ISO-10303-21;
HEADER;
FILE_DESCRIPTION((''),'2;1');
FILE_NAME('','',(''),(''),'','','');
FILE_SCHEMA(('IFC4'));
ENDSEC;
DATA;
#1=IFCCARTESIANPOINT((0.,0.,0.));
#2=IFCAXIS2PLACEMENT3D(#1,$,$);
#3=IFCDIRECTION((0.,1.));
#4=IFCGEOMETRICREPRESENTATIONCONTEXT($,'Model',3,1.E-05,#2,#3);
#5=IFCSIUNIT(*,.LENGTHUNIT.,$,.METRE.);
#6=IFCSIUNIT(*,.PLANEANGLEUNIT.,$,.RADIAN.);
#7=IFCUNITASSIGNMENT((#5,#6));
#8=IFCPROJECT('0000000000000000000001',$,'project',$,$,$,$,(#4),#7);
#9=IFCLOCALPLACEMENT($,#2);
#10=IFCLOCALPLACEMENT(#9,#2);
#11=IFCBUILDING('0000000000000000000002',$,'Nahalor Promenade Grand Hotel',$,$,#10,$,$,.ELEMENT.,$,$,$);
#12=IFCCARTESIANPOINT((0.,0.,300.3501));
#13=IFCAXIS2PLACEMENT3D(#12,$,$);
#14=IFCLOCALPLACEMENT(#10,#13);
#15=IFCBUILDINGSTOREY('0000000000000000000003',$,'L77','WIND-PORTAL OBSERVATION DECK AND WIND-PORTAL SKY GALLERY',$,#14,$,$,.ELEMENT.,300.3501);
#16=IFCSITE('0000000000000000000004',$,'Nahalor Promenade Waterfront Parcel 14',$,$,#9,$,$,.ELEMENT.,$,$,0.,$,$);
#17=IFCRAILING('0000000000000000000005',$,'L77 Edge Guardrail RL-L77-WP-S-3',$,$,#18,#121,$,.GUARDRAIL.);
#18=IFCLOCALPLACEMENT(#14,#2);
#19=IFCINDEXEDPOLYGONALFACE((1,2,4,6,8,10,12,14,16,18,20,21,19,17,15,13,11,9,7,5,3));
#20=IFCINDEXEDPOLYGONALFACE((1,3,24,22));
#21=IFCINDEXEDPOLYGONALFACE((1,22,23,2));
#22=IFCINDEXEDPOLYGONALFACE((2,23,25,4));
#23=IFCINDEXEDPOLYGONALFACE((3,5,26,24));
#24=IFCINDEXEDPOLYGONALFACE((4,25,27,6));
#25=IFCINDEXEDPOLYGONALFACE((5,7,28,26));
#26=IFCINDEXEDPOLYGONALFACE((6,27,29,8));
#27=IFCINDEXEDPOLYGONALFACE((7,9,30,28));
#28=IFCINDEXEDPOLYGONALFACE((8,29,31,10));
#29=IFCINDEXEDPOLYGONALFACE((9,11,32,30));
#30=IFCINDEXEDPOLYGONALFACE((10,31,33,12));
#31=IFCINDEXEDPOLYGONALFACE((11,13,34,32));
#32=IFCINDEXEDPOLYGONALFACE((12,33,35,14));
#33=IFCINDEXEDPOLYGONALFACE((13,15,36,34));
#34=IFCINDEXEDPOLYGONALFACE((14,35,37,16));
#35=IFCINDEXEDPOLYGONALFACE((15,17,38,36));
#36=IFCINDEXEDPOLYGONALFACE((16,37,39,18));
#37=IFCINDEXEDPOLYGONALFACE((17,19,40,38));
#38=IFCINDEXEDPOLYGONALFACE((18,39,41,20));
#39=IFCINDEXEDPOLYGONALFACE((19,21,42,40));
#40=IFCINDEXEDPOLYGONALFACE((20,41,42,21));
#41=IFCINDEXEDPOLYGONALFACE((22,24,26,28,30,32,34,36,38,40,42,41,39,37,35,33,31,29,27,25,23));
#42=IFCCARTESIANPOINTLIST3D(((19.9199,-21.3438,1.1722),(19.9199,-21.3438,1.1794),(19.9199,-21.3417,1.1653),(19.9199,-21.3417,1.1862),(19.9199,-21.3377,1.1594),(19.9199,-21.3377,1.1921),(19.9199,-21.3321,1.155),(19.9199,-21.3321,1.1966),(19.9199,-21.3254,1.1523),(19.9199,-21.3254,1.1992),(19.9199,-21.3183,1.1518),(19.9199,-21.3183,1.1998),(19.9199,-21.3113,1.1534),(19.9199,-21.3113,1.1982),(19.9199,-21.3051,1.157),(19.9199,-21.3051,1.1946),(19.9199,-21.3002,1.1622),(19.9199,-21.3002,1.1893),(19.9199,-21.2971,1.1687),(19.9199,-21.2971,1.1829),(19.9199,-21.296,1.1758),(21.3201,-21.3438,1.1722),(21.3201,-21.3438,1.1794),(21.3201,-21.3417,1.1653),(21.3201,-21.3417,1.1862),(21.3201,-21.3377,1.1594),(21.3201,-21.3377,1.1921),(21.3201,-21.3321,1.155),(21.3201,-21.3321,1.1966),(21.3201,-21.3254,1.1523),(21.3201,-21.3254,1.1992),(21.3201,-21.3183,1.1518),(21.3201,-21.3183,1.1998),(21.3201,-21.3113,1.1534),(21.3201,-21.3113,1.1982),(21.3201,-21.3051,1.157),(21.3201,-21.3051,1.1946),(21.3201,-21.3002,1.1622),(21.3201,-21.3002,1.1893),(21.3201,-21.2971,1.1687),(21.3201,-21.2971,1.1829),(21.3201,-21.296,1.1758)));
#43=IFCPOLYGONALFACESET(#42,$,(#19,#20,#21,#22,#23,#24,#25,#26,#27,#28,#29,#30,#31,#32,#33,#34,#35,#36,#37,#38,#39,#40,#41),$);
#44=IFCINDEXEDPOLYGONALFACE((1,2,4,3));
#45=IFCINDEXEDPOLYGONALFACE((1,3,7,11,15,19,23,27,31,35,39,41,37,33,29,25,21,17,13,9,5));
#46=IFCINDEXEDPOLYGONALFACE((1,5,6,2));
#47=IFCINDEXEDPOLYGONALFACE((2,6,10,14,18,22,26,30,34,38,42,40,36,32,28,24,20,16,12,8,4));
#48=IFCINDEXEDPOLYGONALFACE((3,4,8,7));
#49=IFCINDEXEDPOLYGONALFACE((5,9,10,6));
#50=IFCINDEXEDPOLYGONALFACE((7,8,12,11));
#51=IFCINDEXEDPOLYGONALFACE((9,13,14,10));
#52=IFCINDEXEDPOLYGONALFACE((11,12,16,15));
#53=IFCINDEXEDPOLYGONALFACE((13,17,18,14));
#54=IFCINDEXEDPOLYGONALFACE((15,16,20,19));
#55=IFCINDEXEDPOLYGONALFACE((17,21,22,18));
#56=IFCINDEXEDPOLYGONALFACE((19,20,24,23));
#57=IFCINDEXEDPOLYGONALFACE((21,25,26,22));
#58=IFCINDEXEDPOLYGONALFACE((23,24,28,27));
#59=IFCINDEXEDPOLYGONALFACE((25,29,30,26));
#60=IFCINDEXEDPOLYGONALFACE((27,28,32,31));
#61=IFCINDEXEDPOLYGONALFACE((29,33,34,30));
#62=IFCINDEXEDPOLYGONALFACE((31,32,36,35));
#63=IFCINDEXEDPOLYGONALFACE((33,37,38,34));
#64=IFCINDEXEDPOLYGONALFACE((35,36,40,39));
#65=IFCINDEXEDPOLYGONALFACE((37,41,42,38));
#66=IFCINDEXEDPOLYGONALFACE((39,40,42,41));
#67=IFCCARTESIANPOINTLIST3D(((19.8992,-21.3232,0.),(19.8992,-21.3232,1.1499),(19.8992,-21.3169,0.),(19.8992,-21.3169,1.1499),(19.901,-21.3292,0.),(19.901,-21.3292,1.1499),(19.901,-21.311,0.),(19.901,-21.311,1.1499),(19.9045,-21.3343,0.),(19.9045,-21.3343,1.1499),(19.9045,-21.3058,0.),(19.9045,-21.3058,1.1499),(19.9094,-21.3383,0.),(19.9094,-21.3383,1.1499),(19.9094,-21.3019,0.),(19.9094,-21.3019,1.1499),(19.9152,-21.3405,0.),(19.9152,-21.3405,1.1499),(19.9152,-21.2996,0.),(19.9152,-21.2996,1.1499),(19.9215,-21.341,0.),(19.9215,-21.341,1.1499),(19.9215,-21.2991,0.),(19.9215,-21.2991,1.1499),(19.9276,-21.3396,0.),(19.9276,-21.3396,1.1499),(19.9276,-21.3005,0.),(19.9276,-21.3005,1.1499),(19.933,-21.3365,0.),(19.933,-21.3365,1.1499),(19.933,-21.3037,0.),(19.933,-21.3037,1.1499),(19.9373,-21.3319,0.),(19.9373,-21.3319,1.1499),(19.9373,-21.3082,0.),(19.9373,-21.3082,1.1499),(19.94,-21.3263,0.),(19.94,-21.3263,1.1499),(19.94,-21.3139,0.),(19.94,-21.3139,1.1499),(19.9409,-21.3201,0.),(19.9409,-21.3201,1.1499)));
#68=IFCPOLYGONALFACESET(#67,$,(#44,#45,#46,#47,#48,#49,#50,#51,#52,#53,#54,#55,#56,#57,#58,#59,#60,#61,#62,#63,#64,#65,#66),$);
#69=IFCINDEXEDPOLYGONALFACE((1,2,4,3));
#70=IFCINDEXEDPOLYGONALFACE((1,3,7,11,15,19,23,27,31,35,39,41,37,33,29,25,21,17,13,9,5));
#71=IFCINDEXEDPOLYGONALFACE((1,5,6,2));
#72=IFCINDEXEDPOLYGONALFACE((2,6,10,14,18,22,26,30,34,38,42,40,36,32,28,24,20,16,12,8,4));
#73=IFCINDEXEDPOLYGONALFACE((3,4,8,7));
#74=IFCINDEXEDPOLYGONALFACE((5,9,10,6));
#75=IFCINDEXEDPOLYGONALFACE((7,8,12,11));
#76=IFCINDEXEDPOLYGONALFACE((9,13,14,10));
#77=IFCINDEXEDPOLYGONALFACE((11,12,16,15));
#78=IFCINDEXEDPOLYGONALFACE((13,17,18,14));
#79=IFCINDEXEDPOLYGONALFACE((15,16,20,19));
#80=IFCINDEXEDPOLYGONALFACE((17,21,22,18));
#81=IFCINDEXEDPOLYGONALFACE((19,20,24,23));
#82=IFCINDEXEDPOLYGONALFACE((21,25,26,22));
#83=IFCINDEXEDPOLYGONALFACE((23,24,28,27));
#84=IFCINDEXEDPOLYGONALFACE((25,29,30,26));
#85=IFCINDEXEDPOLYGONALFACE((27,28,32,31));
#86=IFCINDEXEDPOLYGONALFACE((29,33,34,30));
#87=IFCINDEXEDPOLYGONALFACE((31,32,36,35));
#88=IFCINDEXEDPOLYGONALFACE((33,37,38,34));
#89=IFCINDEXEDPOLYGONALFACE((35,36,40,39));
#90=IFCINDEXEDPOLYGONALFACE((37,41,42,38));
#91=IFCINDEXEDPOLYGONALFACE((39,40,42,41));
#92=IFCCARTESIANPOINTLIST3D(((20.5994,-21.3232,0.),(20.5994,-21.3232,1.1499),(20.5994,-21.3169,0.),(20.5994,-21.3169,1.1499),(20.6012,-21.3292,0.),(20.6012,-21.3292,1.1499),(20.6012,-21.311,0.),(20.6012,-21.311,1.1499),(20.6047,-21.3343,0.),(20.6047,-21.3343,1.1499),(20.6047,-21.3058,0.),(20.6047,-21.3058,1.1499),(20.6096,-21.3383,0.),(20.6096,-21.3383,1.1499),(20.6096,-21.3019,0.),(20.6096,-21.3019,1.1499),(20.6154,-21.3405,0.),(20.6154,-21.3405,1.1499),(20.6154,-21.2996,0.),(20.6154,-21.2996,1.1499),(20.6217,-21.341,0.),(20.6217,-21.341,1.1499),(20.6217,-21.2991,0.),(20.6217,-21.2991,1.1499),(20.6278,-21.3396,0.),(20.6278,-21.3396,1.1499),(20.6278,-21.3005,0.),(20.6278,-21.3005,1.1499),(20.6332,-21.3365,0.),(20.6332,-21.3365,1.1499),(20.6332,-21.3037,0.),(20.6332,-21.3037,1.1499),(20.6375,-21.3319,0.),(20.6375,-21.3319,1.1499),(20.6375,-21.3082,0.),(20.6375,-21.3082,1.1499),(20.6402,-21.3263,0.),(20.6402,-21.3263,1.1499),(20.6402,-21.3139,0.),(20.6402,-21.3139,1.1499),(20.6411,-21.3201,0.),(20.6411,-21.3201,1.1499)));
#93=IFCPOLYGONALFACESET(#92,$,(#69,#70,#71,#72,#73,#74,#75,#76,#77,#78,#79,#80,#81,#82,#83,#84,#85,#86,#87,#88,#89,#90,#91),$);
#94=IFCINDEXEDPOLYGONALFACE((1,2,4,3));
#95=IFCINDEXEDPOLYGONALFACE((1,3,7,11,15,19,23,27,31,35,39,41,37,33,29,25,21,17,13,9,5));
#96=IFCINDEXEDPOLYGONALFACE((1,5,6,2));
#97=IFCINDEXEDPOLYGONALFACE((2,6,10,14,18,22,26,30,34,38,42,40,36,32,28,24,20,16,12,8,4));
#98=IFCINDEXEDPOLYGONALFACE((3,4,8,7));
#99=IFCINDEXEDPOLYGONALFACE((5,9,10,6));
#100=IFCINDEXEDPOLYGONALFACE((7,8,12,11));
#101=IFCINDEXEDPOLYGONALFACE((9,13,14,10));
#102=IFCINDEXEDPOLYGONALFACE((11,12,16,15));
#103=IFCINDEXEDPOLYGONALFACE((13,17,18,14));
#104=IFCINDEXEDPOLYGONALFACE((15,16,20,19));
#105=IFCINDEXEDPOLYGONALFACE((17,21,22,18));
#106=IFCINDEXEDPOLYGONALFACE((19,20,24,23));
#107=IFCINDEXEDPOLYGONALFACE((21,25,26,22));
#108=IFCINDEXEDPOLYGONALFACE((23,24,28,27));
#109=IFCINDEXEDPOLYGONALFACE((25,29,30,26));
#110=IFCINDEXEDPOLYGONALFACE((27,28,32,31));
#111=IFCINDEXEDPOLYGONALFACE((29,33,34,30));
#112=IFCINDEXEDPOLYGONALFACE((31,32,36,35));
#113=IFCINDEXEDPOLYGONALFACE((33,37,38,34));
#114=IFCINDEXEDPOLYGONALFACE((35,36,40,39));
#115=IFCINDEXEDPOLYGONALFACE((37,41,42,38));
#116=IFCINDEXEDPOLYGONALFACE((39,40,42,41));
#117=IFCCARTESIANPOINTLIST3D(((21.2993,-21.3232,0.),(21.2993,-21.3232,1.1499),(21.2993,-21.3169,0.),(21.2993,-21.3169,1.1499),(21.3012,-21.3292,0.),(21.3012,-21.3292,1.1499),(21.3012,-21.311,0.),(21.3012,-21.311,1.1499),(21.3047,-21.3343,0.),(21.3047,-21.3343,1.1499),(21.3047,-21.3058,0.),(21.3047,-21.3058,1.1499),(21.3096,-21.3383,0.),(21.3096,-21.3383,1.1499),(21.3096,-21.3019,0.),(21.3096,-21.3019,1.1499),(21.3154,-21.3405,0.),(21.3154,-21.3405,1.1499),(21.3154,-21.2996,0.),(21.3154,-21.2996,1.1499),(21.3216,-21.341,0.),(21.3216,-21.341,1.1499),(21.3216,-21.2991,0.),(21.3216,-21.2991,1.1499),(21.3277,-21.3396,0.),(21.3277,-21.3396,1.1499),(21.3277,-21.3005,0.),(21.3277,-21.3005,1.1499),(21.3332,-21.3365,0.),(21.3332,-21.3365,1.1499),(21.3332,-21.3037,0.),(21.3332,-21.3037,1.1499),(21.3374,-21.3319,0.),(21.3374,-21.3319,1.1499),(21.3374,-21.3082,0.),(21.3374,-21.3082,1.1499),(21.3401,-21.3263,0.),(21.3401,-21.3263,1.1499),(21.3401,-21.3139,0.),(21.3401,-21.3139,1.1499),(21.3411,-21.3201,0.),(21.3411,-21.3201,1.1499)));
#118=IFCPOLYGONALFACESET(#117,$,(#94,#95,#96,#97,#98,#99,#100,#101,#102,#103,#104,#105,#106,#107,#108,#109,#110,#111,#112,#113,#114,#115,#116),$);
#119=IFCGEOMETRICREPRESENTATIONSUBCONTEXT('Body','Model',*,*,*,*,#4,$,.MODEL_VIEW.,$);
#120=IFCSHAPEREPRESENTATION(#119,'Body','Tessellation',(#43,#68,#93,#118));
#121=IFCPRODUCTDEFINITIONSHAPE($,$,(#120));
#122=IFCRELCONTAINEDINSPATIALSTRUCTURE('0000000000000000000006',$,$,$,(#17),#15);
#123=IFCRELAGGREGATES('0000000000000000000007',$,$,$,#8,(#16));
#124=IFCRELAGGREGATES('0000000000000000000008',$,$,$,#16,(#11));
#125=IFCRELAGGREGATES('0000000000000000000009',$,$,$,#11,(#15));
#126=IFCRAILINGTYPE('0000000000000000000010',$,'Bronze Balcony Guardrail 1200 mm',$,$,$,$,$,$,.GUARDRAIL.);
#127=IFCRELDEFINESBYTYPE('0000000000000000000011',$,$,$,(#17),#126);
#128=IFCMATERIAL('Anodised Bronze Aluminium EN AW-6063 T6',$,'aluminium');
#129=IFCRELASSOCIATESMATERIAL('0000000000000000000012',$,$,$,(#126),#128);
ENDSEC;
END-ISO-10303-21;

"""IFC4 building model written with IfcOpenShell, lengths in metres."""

from ifc_helpers import new_model, si_unit, direction, frame, origin, origin_2d, place, context, subcontext, project, spatial, circle, extrude, material, type_object, element, save


model = new_model("IFC4")

# Units and contexts
model_context = context("Model", 3, precision=1e-05, world=origin(), true_north=direction((0.0, 1.0)))
body_context = subcontext(model_context, "Body", "Model", "MODEL_VIEW")
ifc_project = project(units=[si_unit("LENGTHUNIT", "METRE"), si_unit("PLANEANGLEUNIT", "RADIAN")], contexts=[model_context])

# Site, building, storey
site_placement = place(None, origin())
site = spatial("IfcSite", under=ifc_project, at=site_placement, Name="Nahalor Promenade Waterfront Parcel 14", CompositionType="ELEMENT", RefElevation=0.0)
building_placement = place(site_placement, origin())
building = spatial("IfcBuilding", under=site, at=building_placement, Name="Nahalor Promenade Grand Hotel", CompositionType="ELEMENT")
storey_placement = place(building_placement, frame((0.0, 0.0, 300.3501)))
storey = spatial("IfcBuildingStorey", under=building, at=storey_placement, Name="L77", Description="WIND-PORTAL OBSERVATION DECK AND WIND-PORTAL SKY GALLERY", CompositionType="ELEMENT", Elevation=300.3501)

# Railing
ifc_material_1 = material(Name="Anodised Bronze Aluminium EN AW-6063 T6", Category="aluminium")
railing_type = type_object("IfcRailingType", Name="Bronze Balcony Guardrail 1200 mm", PredefinedType="GUARDRAIL", material=ifc_material_1)
railing_1_placement = place(storey_placement, frame((19.9199, -21.3201, 0.0)))
element("IfcRailing", 1, at=railing_1_placement, inside=storey, type_object=railing_type, Name="L77 Edge Guardrail RL-L77-WP-S-3", PredefinedType="GUARDRAIL", context=body_context, shape_type="SweptSolid", body=[
    extrude(circle(Radius=0.024, at=origin_2d()), frame((0.0, 0.0, 1.1758), z_axis=(1.0, 0.0, 0.0), x_axis=(0.0, 1.0, 0.0)), (0.0, 0.0, 1.0), 1.4001),
    extrude(circle(Radius=0.021, at=origin_2d()), origin(), (0.0, 0.0, 1.0), 1.1499),
    extrude(circle(Radius=0.021, at=origin_2d()), frame((0.7002, 0.0, 0.0)), (0.0, 0.0, 1.0), 1.1499),
    extrude(circle(Radius=0.021, at=origin_2d()), frame((1.4001, 0.0, 0.0)), (0.0, 0.0, 1.0), 1.1499),
])

save(model, "model.ifc")
